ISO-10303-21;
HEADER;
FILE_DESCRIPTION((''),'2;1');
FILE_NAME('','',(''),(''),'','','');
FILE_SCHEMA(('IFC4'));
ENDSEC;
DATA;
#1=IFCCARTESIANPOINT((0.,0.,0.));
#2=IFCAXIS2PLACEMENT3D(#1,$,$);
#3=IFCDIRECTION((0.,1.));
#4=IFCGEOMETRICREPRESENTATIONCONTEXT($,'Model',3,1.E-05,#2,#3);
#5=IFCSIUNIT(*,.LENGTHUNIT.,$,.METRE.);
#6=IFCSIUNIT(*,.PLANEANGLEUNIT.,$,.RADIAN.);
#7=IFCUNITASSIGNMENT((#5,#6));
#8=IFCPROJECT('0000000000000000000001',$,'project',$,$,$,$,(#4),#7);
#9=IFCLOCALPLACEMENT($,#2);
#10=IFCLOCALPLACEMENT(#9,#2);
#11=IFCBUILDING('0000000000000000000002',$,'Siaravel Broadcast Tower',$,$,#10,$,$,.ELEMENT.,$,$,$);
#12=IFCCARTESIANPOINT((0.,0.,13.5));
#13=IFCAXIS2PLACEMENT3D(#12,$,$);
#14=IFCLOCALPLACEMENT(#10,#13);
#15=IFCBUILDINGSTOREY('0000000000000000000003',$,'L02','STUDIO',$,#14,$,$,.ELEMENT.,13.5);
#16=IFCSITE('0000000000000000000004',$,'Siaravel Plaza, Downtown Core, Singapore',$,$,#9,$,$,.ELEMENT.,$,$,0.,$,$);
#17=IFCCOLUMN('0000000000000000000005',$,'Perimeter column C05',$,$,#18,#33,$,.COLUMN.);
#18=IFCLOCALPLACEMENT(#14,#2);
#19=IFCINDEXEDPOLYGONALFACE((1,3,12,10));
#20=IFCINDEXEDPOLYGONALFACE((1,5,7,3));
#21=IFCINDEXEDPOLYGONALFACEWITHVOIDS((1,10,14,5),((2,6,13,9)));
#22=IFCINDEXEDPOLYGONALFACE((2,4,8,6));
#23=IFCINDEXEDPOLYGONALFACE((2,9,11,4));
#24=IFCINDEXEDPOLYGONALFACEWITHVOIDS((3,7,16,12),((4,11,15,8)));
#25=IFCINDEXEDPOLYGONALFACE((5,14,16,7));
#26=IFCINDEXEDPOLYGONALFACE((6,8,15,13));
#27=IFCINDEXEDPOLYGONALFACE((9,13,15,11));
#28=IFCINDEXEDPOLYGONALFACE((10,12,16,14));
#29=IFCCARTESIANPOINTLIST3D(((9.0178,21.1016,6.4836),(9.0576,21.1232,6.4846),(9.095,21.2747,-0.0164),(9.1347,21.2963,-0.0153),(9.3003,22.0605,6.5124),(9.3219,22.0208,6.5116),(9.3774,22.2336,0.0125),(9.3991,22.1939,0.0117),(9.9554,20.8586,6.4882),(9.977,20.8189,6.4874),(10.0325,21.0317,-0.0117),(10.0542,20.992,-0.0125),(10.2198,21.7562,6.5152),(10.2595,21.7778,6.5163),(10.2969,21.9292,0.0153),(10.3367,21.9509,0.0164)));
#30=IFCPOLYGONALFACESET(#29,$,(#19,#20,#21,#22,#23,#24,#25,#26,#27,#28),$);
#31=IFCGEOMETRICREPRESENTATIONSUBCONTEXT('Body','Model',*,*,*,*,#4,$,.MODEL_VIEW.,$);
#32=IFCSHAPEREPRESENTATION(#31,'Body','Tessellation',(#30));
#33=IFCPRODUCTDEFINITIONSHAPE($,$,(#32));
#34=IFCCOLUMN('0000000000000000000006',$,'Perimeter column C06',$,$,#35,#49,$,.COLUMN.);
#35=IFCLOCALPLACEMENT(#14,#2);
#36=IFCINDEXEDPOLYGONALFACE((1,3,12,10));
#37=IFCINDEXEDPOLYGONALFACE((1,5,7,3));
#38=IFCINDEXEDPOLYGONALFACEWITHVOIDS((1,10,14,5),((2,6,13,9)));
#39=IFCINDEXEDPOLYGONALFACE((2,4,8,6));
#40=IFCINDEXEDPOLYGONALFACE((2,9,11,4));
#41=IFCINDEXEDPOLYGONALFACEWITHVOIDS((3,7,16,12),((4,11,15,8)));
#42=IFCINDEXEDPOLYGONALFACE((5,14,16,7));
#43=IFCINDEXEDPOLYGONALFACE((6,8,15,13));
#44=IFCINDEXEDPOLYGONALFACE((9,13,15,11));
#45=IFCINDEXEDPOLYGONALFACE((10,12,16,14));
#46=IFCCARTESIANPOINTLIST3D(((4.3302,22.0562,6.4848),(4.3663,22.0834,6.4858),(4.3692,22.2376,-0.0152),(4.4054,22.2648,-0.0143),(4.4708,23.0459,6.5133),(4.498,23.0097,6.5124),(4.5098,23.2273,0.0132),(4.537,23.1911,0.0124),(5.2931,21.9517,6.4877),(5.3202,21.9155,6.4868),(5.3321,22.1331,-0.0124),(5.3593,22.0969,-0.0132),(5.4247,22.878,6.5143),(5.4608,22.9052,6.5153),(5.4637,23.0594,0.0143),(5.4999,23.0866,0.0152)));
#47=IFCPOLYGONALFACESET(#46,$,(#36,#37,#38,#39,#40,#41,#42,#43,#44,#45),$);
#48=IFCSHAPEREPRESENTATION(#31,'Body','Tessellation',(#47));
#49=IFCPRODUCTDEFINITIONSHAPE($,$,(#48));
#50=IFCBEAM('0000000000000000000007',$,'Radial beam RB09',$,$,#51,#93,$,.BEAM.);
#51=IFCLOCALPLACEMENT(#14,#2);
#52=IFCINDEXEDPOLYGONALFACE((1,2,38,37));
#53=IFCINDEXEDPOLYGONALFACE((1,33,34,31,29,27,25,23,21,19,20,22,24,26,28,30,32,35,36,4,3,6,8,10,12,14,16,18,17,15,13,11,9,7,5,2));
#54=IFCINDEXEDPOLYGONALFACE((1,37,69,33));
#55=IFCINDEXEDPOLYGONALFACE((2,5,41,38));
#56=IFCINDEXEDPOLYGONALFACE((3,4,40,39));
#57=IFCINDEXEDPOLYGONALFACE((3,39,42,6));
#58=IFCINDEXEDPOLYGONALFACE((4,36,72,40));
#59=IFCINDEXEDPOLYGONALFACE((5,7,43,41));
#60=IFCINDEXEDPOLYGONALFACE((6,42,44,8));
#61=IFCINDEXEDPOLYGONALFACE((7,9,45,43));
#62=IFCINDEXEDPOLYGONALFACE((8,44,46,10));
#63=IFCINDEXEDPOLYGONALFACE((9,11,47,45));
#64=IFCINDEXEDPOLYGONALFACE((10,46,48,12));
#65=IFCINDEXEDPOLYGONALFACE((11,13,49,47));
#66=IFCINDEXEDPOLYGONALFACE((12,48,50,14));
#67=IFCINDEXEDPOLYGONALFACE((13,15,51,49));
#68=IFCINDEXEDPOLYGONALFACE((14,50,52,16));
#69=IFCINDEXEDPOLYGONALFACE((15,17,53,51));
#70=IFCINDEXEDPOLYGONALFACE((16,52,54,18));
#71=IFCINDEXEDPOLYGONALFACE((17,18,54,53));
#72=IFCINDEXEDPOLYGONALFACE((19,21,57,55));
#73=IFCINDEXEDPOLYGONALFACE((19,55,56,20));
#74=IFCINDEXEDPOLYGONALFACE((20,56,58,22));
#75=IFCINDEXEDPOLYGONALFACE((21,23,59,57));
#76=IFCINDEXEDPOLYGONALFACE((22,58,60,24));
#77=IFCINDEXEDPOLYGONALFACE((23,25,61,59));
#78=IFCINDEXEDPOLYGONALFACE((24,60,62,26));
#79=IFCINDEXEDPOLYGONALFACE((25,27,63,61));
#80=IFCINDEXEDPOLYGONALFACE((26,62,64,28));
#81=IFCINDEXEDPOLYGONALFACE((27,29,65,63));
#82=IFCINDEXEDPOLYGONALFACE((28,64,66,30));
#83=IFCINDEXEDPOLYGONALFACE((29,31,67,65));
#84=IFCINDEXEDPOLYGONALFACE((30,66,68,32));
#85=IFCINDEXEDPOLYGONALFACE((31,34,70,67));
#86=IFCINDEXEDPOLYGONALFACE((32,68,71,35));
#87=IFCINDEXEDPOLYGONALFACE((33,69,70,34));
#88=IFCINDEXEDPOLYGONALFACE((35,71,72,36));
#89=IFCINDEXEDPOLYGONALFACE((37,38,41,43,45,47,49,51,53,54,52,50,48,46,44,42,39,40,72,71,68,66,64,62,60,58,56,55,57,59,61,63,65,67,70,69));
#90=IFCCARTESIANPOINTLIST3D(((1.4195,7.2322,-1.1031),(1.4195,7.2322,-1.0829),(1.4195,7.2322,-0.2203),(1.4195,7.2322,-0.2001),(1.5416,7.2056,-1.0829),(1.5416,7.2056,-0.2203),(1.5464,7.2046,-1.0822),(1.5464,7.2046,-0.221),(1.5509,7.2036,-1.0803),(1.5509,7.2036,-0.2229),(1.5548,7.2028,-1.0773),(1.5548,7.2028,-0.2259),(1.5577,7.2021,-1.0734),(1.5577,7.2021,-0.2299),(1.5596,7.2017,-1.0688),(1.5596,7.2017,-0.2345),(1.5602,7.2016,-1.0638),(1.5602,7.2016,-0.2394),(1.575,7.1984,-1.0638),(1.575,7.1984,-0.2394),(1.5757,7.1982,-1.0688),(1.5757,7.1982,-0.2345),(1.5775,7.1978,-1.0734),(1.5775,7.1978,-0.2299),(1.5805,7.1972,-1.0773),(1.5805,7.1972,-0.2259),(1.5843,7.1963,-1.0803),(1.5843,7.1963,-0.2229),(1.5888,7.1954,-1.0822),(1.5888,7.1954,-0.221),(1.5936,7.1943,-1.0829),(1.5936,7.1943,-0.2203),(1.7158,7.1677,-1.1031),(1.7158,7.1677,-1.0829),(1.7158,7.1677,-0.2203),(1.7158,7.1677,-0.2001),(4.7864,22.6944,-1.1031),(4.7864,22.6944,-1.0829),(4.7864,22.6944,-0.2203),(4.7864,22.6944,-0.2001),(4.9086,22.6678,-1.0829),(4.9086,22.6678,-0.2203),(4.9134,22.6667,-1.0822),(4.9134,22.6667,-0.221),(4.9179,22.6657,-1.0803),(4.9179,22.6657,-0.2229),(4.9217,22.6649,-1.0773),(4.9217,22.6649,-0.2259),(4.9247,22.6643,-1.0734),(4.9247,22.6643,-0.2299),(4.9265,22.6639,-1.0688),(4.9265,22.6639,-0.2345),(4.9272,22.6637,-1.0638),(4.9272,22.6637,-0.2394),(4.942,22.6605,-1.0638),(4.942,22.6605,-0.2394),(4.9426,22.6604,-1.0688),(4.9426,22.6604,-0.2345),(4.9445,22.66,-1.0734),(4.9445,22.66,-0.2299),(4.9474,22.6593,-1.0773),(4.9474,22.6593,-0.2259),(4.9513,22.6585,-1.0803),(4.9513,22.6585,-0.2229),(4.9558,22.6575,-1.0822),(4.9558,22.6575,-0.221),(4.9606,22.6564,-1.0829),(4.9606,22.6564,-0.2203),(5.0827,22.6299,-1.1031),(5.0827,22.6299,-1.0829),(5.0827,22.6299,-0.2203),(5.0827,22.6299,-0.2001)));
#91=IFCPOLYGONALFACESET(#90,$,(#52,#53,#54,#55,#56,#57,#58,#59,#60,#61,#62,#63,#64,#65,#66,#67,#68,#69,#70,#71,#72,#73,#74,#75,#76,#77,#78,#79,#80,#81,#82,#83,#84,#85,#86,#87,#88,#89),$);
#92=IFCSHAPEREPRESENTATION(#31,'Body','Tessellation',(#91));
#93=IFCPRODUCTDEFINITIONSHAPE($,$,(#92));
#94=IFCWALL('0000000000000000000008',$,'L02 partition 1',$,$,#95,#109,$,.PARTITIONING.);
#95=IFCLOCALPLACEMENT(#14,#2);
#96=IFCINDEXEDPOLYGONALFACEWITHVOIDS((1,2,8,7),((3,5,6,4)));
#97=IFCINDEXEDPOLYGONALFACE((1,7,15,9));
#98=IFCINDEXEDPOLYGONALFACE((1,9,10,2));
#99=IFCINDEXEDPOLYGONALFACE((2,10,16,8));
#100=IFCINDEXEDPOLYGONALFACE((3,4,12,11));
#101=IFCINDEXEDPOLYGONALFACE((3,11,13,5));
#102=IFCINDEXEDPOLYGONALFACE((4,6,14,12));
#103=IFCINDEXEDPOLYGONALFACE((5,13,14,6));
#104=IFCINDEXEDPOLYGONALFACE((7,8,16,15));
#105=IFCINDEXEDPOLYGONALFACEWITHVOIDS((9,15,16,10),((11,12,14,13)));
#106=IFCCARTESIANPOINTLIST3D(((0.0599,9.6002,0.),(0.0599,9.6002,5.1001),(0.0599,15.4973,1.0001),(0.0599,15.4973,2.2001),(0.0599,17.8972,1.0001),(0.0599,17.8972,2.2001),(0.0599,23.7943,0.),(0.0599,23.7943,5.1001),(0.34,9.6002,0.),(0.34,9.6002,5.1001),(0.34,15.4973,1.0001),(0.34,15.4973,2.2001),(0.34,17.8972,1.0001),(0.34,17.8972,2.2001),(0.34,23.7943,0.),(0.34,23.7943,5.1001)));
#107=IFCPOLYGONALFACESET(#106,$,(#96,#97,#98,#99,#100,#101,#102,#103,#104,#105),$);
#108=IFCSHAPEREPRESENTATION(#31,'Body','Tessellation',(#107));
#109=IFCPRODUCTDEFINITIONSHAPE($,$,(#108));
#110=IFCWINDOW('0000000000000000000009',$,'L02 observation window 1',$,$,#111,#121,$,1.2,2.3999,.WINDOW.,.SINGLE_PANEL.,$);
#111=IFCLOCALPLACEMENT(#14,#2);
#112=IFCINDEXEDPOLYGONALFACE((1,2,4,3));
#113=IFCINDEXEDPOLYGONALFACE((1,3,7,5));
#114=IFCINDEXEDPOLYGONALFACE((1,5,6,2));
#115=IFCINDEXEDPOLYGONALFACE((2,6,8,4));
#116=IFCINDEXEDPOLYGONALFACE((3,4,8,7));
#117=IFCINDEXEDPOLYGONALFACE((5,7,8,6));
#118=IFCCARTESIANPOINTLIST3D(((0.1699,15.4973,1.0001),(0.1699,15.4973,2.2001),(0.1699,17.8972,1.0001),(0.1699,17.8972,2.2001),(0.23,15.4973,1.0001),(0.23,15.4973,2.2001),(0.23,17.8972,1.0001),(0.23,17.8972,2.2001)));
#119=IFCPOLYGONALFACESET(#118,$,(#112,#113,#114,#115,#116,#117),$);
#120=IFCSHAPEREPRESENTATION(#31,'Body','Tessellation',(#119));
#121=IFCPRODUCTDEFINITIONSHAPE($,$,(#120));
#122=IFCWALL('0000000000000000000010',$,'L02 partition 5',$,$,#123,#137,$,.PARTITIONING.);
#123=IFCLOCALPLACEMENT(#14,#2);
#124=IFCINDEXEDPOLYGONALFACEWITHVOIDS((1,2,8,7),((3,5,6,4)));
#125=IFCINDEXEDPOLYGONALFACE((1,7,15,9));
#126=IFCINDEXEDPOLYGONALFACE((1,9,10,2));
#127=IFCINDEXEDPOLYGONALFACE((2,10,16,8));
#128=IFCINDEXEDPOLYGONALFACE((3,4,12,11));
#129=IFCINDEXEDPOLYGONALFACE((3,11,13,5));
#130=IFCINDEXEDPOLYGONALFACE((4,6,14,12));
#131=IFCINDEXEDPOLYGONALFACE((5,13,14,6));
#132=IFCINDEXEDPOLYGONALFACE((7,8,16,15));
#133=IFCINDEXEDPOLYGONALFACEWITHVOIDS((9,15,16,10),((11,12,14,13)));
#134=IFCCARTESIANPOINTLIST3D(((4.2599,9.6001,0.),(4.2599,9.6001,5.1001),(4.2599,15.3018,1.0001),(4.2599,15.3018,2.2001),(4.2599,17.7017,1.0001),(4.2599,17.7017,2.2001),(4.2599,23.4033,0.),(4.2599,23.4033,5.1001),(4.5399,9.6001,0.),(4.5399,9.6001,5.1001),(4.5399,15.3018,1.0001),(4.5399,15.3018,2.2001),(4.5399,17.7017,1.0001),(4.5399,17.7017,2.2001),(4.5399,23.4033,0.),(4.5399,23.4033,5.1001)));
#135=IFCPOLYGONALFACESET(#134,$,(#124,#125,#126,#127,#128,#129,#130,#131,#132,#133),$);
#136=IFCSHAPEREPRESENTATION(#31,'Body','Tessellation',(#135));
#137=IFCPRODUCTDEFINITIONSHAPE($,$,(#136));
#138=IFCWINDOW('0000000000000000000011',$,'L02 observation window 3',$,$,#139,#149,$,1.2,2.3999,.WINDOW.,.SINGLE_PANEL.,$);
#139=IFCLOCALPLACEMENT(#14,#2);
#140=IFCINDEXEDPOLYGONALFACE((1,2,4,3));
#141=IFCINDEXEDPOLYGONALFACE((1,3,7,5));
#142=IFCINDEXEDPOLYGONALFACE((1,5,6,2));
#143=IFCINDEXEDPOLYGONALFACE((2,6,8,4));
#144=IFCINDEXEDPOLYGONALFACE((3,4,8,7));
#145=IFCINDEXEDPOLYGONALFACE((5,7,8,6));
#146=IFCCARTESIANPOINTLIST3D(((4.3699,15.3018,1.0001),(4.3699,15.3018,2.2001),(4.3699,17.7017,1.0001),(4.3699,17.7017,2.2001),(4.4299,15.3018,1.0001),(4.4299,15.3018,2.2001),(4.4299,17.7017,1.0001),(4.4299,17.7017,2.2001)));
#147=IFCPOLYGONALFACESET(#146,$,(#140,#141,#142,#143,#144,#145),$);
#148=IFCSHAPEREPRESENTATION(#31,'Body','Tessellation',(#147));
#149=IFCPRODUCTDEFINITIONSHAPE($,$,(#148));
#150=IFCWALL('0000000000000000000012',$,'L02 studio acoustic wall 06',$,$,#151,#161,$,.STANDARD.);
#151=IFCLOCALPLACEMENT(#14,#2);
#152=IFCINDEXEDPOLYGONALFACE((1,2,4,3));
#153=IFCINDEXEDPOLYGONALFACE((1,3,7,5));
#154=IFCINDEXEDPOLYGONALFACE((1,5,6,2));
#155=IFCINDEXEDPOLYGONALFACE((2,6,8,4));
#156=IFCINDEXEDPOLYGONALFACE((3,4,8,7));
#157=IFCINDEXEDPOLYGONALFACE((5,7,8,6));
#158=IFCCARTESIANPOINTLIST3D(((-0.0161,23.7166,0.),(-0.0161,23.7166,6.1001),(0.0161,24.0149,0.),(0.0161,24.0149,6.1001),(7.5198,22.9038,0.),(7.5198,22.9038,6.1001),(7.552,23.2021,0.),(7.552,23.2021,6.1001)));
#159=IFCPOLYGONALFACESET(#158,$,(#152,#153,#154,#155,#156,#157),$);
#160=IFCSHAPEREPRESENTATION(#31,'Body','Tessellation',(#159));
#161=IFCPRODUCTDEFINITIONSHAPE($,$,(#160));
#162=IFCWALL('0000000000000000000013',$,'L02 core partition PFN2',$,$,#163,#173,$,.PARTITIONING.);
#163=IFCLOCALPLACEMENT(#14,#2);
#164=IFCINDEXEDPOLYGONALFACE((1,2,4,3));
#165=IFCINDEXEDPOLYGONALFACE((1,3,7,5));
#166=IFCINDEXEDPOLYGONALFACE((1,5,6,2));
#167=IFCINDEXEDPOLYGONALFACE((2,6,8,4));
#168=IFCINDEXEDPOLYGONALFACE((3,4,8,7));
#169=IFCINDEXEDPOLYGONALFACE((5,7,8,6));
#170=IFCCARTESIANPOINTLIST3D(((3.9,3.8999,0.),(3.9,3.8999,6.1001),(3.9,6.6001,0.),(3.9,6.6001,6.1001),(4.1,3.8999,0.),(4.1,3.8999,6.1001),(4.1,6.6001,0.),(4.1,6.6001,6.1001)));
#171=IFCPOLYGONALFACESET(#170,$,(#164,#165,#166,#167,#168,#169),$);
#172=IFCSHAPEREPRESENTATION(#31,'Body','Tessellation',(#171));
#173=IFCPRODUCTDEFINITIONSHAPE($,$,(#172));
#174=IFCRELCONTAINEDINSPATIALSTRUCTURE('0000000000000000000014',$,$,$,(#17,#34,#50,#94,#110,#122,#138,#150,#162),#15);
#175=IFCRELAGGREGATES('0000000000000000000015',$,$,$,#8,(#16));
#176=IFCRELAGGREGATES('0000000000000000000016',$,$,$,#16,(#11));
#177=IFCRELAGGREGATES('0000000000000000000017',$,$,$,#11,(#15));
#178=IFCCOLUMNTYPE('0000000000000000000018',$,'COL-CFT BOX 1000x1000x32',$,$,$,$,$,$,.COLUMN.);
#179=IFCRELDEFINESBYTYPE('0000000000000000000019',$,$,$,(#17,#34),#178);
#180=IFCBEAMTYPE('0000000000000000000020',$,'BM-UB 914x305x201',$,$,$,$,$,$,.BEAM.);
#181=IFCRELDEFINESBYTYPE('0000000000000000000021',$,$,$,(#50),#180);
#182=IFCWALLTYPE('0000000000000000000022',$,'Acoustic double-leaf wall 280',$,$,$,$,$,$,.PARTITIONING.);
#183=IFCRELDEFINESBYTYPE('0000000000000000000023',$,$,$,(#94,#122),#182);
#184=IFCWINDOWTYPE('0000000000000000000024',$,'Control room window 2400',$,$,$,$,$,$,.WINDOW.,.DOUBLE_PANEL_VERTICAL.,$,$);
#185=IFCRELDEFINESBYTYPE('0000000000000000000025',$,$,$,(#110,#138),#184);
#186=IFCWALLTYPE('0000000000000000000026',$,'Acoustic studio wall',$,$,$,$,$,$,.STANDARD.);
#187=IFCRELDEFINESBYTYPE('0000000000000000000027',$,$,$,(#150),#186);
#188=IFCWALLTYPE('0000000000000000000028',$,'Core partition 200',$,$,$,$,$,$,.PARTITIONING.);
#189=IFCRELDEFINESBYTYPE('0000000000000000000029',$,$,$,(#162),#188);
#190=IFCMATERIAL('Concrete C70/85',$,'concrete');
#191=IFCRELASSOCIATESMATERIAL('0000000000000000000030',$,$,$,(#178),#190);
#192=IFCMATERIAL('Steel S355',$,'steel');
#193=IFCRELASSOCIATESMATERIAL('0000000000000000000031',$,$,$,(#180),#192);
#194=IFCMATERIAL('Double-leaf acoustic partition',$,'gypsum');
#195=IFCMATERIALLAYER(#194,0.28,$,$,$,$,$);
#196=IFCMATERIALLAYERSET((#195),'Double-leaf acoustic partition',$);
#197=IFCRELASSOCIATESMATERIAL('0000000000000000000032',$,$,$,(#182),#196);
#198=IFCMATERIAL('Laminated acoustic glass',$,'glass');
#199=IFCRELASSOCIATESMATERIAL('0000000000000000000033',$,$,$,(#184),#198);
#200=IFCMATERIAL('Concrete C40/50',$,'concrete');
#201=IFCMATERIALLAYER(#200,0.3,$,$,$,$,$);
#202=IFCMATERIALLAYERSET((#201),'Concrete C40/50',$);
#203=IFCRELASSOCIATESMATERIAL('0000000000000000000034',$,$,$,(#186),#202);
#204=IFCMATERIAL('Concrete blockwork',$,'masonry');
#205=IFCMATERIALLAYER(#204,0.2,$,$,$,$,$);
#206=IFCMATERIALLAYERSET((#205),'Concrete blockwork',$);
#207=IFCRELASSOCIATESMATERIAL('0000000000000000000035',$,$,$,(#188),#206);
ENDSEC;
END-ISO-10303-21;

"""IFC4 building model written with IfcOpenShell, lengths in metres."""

from ifc_helpers import new_model, si_unit, direction, frame, frame_2d, origin, origin_2d, place, context, subcontext, project, spatial, rectangle, hollow_rectangle, i_section, extrude, material, layer, layer_set, material_profile, profile_set, type_object, element, fill, save


model = new_model("IFC4")

# Units and contexts
model_context = context("Model", 3, precision=1e-05, world=origin(), true_north=direction((0.0, 1.0)))
body_context = subcontext(model_context, "Body", "Model", "MODEL_VIEW")
ifc_project = project(units=[si_unit("LENGTHUNIT", "METRE"), si_unit("PLANEANGLEUNIT", "RADIAN")], contexts=[model_context])

# Site, building, storey
site_placement = place(None, origin())
site = spatial("IfcSite", under=ifc_project, at=site_placement, Name="Siaravel Plaza, Downtown Core, Singapore", CompositionType="ELEMENT", RefElevation=0.0)
building_placement = place(site_placement, origin())
building = spatial("IfcBuilding", under=site, at=building_placement, Name="Siaravel Broadcast Tower", CompositionType="ELEMENT")
storey_placement = place(building_placement, frame((0.0, 0.0, 13.5)))
storey = spatial("IfcBuildingStorey", under=building, at=storey_placement, Name="L02", Description="STUDIO", CompositionType="ELEMENT", Elevation=13.5)

# Columns
ifc_material_1 = material(Name="Concrete C70/85", Category="concrete")
ifc_material_profile_1 = material_profile(ifc_material_1, hollow_rectangle(XDim=1.0, YDim=1.0, WallThickness=0.032, at=origin_2d()))
ifc_profile_set_1 = profile_set([ifc_material_profile_1], Name="Concrete C70/85")
column_type = type_object("IfcColumnType", Name="COL-CFT BOX 1000x1000x32", PredefinedType="COLUMN", material=ifc_profile_set_1)
for number, where, z_axis, x_axis, name in (
    (1, (9.7158, 21.6128, 0.0), (-0.011864, -0.026619, 0.999575), (0.959205, -0.282685, 0.003857), "Perimeter column C05"),
    (2, (4.9346, 22.6621, 0.0), (-0.006007, -0.027896, 0.999593), (0.990048, -0.140716, 0.002023), "Perimeter column C06"),
):
    element("IfcColumn", number, at=place(storey_placement, frame(where, z_axis=z_axis, x_axis=x_axis)), inside=storey, type_object=column_type, Name=name, PredefinedType="COLUMN", context=body_context, shape_type="SweptSolid", body=[
        extrude(hollow_rectangle(XDim=1.0, YDim=1.0, WallThickness=0.032, at=origin_2d()), origin(), (0.0, 0.0, 1.0), 6.5027),
    ])

# Beam
ifc_material_2 = material(Name="Steel S355", Category="steel")
ifc_material_profile_2 = material_profile(ifc_material_2, i_section(OverallWidth=0.3032, OverallDepth=0.9031, WebThickness=0.0151, FlangeThickness=0.0203, FilletRadius=0.019, at=origin_2d()))
ifc_profile_set_2 = profile_set([ifc_material_profile_2], Name="Steel S355")
beam_type = type_object("IfcBeamType", Name="BM-UB 914x305x201", PredefinedType="BEAM", material=ifc_profile_set_2)
beam_placement = place(storey_placement, frame((4.9346, 22.6621, -0.6516), z_axis=(-0.212768, -0.977103, 0.0), x_axis=(0.977103, -0.212768, 0.0)))
element("IfcBeam", 3, at=beam_placement, inside=storey, type_object=beam_type, Name="Radial beam RB09", PredefinedType="BEAM", context=body_context, shape_type="SweptSolid", body=[
    extrude(i_section(OverallWidth=0.3032, OverallDepth=0.9031, WebThickness=0.0151, FlangeThickness=0.0203, FilletRadius=0.019, at=origin_2d()), origin(), (0.0, 0.0, 1.0), 15.8245),
])

# Walls, openings, windows
ifc_material_3 = material(Name="Double-leaf acoustic partition", Category="gypsum")
ifc_layer_1 = layer(ifc_material_3, 0.28)
ifc_layer_set_1 = layer_set([ifc_layer_1], Name="Double-leaf acoustic partition")
wall_type_1 = type_object("IfcWallType", Name="Acoustic double-leaf wall 280", PredefinedType="PARTITIONING", material=ifc_layer_set_1)
wall_1_placement = place(storey_placement, frame((0.2, 9.6001, 0.0), z_axis=(0.0, 0.0, 1.0), x_axis=(0.0, 1.0, 0.0)))
wall_1 = element("IfcWall", 4, at=wall_1_placement, inside=storey, type_object=wall_type_1, Name="L02 partition 1", PredefinedType="PARTITIONING", context=body_context, shape_type="SweptSolid", body=[
    extrude(rectangle(XDim=14.1941, YDim=0.28, at=frame_2d((7.0972, 0.0))), origin(), (0.0, 0.0, 1.0), 5.1001),
])
opening_1_placement = place(wall_1_placement, frame((5.8972, 0.0, 1.0)))
opening_1 = element("IfcOpeningElement", 5, at=opening_1_placement, cuts=wall_1, PredefinedType="OPENING", context=body_context, shape_type="SweptSolid", body=[
    extrude(rectangle(XDim=2.3999, YDim=1.2, at=frame_2d((1.2, 0.6001))), frame((0.0, 0.1499, 0.0), z_axis=(0.0, -1.0, 0.0), x_axis=(1.0, 0.0, 0.0)), (0.0, 0.0, 1.0), 0.3),
])
ifc_material_4 = material(Name="Laminated acoustic glass", Category="glass")
window_type = type_object("IfcWindowType", Name="Control room window 2400", PartitioningType="DOUBLE_PANEL_VERTICAL", PredefinedType="WINDOW", material=ifc_material_4)
window_1_placement = place(opening_1_placement, origin())
window_1 = element("IfcWindow", 6, at=window_1_placement, inside=storey, type_object=window_type, Name="L02 observation window 1", OverallHeight=1.2, OverallWidth=2.3999, PartitioningType="SINGLE_PANEL", PredefinedType="WINDOW", context=body_context, shape_type="SweptSolid", body=[
    extrude(rectangle(XDim=2.3999, YDim=1.2, at=frame_2d((1.2, 0.6001))), frame((0.0, 0.03, 0.0), z_axis=(0.0, -1.0, 0.0), x_axis=(1.0, 0.0, 0.0)), (0.0, 0.0, 1.0), 0.0601),
])
fill(opening_1, window_1)
wall_2_placement = place(storey_placement, frame((4.3999, 9.6001, 0.0), z_axis=(0.0, 0.0, 1.0), x_axis=(0.0, 1.0, 0.0)))
wall_2 = element("IfcWall", 7, at=wall_2_placement, inside=storey, type_object=wall_type_1, Name="L02 partition 5", PredefinedType="PARTITIONING", context=body_context, shape_type="SweptSolid", body=[
    extrude(rectangle(XDim=13.8032, YDim=0.28, at=frame_2d((6.9016, 0.0))), origin(), (0.0, 0.0, 1.0), 5.1001),
])
opening_2_placement = place(wall_2_placement, frame((5.7017, 0.0, 1.0)))
opening_2 = element("IfcOpeningElement", 8, at=opening_2_placement, cuts=wall_2, PredefinedType="OPENING", context=body_context, shape_type="SweptSolid", body=[
    extrude(rectangle(XDim=2.3999, YDim=1.2, at=frame_2d((1.2, 0.6001))), frame((0.0, 0.1499, 0.0), z_axis=(0.0, -1.0, 0.0), x_axis=(1.0, 0.0, 0.0)), (0.0, 0.0, 1.0), 0.3),
])
window_2_placement = place(opening_2_placement, origin())
window_2 = element("IfcWindow", 9, at=window_2_placement, inside=storey, type_object=window_type, Name="L02 observation window 3", OverallHeight=1.2, OverallWidth=2.3999, PartitioningType="SINGLE_PANEL", PredefinedType="WINDOW", context=body_context, shape_type="SweptSolid", body=[
    extrude(rectangle(XDim=2.3999, YDim=1.2, at=frame_2d((1.2, 0.6001))), frame((0.0, 0.03, 0.0), z_axis=(0.0, -1.0, 0.0), x_axis=(1.0, 0.0, 0.0)), (0.0, 0.0, 1.0), 0.0601),
])
fill(opening_2, window_2)

# Walls
ifc_material_5 = material(Name="Concrete C40/50", Category="concrete")
ifc_layer_2 = layer(ifc_material_5, 0.3)
ifc_layer_set_2 = layer_set([ifc_layer_2], Name="Concrete C40/50")
wall_type_2 = type_object("IfcWallType", Name="Acoustic studio wall", PredefinedType="STANDARD", material=ifc_layer_set_2)
wall_3_placement = place(storey_placement, frame((7.5359, 23.053, 0.0), z_axis=(0.0, 0.0, 1.0), x_axis=(-0.994234, 0.107228, 0.0)))
element("IfcWall", 10, at=wall_3_placement, inside=storey, type_object=wall_type_2, Name="L02 studio acoustic wall 06", PredefinedType="STANDARD", context=body_context, shape_type="SweptSolid", body=[
    extrude(rectangle(XDim=7.5796, YDim=0.3, at=frame_2d((3.7898, 0.0))), origin(), (0.0, 0.0, 1.0), 6.1001),
])
ifc_material_6 = material(Name="Concrete blockwork", Category="masonry")
ifc_layer_3 = layer(ifc_material_6, 0.2)
ifc_layer_set_3 = layer_set([ifc_layer_3], Name="Concrete blockwork")
wall_type_3 = type_object("IfcWallType", Name="Core partition 200", PredefinedType="PARTITIONING", material=ifc_layer_set_3)
wall_4_placement = place(storey_placement, frame((4.0, 3.8999, 0.0), z_axis=(0.0, 0.0, 1.0), x_axis=(0.0, 1.0, 0.0)))
element("IfcWall", 11, at=wall_4_placement, inside=storey, type_object=wall_type_3, Name="L02 core partition PFN2", PredefinedType="PARTITIONING", context=body_context, shape_type="SweptSolid", body=[
    extrude(rectangle(XDim=2.7002, YDim=0.2, at=frame_2d((1.3501, 0.0))), origin(), (0.0, 0.0, 1.0), 6.1001),
])

save(model, "model.ifc")
